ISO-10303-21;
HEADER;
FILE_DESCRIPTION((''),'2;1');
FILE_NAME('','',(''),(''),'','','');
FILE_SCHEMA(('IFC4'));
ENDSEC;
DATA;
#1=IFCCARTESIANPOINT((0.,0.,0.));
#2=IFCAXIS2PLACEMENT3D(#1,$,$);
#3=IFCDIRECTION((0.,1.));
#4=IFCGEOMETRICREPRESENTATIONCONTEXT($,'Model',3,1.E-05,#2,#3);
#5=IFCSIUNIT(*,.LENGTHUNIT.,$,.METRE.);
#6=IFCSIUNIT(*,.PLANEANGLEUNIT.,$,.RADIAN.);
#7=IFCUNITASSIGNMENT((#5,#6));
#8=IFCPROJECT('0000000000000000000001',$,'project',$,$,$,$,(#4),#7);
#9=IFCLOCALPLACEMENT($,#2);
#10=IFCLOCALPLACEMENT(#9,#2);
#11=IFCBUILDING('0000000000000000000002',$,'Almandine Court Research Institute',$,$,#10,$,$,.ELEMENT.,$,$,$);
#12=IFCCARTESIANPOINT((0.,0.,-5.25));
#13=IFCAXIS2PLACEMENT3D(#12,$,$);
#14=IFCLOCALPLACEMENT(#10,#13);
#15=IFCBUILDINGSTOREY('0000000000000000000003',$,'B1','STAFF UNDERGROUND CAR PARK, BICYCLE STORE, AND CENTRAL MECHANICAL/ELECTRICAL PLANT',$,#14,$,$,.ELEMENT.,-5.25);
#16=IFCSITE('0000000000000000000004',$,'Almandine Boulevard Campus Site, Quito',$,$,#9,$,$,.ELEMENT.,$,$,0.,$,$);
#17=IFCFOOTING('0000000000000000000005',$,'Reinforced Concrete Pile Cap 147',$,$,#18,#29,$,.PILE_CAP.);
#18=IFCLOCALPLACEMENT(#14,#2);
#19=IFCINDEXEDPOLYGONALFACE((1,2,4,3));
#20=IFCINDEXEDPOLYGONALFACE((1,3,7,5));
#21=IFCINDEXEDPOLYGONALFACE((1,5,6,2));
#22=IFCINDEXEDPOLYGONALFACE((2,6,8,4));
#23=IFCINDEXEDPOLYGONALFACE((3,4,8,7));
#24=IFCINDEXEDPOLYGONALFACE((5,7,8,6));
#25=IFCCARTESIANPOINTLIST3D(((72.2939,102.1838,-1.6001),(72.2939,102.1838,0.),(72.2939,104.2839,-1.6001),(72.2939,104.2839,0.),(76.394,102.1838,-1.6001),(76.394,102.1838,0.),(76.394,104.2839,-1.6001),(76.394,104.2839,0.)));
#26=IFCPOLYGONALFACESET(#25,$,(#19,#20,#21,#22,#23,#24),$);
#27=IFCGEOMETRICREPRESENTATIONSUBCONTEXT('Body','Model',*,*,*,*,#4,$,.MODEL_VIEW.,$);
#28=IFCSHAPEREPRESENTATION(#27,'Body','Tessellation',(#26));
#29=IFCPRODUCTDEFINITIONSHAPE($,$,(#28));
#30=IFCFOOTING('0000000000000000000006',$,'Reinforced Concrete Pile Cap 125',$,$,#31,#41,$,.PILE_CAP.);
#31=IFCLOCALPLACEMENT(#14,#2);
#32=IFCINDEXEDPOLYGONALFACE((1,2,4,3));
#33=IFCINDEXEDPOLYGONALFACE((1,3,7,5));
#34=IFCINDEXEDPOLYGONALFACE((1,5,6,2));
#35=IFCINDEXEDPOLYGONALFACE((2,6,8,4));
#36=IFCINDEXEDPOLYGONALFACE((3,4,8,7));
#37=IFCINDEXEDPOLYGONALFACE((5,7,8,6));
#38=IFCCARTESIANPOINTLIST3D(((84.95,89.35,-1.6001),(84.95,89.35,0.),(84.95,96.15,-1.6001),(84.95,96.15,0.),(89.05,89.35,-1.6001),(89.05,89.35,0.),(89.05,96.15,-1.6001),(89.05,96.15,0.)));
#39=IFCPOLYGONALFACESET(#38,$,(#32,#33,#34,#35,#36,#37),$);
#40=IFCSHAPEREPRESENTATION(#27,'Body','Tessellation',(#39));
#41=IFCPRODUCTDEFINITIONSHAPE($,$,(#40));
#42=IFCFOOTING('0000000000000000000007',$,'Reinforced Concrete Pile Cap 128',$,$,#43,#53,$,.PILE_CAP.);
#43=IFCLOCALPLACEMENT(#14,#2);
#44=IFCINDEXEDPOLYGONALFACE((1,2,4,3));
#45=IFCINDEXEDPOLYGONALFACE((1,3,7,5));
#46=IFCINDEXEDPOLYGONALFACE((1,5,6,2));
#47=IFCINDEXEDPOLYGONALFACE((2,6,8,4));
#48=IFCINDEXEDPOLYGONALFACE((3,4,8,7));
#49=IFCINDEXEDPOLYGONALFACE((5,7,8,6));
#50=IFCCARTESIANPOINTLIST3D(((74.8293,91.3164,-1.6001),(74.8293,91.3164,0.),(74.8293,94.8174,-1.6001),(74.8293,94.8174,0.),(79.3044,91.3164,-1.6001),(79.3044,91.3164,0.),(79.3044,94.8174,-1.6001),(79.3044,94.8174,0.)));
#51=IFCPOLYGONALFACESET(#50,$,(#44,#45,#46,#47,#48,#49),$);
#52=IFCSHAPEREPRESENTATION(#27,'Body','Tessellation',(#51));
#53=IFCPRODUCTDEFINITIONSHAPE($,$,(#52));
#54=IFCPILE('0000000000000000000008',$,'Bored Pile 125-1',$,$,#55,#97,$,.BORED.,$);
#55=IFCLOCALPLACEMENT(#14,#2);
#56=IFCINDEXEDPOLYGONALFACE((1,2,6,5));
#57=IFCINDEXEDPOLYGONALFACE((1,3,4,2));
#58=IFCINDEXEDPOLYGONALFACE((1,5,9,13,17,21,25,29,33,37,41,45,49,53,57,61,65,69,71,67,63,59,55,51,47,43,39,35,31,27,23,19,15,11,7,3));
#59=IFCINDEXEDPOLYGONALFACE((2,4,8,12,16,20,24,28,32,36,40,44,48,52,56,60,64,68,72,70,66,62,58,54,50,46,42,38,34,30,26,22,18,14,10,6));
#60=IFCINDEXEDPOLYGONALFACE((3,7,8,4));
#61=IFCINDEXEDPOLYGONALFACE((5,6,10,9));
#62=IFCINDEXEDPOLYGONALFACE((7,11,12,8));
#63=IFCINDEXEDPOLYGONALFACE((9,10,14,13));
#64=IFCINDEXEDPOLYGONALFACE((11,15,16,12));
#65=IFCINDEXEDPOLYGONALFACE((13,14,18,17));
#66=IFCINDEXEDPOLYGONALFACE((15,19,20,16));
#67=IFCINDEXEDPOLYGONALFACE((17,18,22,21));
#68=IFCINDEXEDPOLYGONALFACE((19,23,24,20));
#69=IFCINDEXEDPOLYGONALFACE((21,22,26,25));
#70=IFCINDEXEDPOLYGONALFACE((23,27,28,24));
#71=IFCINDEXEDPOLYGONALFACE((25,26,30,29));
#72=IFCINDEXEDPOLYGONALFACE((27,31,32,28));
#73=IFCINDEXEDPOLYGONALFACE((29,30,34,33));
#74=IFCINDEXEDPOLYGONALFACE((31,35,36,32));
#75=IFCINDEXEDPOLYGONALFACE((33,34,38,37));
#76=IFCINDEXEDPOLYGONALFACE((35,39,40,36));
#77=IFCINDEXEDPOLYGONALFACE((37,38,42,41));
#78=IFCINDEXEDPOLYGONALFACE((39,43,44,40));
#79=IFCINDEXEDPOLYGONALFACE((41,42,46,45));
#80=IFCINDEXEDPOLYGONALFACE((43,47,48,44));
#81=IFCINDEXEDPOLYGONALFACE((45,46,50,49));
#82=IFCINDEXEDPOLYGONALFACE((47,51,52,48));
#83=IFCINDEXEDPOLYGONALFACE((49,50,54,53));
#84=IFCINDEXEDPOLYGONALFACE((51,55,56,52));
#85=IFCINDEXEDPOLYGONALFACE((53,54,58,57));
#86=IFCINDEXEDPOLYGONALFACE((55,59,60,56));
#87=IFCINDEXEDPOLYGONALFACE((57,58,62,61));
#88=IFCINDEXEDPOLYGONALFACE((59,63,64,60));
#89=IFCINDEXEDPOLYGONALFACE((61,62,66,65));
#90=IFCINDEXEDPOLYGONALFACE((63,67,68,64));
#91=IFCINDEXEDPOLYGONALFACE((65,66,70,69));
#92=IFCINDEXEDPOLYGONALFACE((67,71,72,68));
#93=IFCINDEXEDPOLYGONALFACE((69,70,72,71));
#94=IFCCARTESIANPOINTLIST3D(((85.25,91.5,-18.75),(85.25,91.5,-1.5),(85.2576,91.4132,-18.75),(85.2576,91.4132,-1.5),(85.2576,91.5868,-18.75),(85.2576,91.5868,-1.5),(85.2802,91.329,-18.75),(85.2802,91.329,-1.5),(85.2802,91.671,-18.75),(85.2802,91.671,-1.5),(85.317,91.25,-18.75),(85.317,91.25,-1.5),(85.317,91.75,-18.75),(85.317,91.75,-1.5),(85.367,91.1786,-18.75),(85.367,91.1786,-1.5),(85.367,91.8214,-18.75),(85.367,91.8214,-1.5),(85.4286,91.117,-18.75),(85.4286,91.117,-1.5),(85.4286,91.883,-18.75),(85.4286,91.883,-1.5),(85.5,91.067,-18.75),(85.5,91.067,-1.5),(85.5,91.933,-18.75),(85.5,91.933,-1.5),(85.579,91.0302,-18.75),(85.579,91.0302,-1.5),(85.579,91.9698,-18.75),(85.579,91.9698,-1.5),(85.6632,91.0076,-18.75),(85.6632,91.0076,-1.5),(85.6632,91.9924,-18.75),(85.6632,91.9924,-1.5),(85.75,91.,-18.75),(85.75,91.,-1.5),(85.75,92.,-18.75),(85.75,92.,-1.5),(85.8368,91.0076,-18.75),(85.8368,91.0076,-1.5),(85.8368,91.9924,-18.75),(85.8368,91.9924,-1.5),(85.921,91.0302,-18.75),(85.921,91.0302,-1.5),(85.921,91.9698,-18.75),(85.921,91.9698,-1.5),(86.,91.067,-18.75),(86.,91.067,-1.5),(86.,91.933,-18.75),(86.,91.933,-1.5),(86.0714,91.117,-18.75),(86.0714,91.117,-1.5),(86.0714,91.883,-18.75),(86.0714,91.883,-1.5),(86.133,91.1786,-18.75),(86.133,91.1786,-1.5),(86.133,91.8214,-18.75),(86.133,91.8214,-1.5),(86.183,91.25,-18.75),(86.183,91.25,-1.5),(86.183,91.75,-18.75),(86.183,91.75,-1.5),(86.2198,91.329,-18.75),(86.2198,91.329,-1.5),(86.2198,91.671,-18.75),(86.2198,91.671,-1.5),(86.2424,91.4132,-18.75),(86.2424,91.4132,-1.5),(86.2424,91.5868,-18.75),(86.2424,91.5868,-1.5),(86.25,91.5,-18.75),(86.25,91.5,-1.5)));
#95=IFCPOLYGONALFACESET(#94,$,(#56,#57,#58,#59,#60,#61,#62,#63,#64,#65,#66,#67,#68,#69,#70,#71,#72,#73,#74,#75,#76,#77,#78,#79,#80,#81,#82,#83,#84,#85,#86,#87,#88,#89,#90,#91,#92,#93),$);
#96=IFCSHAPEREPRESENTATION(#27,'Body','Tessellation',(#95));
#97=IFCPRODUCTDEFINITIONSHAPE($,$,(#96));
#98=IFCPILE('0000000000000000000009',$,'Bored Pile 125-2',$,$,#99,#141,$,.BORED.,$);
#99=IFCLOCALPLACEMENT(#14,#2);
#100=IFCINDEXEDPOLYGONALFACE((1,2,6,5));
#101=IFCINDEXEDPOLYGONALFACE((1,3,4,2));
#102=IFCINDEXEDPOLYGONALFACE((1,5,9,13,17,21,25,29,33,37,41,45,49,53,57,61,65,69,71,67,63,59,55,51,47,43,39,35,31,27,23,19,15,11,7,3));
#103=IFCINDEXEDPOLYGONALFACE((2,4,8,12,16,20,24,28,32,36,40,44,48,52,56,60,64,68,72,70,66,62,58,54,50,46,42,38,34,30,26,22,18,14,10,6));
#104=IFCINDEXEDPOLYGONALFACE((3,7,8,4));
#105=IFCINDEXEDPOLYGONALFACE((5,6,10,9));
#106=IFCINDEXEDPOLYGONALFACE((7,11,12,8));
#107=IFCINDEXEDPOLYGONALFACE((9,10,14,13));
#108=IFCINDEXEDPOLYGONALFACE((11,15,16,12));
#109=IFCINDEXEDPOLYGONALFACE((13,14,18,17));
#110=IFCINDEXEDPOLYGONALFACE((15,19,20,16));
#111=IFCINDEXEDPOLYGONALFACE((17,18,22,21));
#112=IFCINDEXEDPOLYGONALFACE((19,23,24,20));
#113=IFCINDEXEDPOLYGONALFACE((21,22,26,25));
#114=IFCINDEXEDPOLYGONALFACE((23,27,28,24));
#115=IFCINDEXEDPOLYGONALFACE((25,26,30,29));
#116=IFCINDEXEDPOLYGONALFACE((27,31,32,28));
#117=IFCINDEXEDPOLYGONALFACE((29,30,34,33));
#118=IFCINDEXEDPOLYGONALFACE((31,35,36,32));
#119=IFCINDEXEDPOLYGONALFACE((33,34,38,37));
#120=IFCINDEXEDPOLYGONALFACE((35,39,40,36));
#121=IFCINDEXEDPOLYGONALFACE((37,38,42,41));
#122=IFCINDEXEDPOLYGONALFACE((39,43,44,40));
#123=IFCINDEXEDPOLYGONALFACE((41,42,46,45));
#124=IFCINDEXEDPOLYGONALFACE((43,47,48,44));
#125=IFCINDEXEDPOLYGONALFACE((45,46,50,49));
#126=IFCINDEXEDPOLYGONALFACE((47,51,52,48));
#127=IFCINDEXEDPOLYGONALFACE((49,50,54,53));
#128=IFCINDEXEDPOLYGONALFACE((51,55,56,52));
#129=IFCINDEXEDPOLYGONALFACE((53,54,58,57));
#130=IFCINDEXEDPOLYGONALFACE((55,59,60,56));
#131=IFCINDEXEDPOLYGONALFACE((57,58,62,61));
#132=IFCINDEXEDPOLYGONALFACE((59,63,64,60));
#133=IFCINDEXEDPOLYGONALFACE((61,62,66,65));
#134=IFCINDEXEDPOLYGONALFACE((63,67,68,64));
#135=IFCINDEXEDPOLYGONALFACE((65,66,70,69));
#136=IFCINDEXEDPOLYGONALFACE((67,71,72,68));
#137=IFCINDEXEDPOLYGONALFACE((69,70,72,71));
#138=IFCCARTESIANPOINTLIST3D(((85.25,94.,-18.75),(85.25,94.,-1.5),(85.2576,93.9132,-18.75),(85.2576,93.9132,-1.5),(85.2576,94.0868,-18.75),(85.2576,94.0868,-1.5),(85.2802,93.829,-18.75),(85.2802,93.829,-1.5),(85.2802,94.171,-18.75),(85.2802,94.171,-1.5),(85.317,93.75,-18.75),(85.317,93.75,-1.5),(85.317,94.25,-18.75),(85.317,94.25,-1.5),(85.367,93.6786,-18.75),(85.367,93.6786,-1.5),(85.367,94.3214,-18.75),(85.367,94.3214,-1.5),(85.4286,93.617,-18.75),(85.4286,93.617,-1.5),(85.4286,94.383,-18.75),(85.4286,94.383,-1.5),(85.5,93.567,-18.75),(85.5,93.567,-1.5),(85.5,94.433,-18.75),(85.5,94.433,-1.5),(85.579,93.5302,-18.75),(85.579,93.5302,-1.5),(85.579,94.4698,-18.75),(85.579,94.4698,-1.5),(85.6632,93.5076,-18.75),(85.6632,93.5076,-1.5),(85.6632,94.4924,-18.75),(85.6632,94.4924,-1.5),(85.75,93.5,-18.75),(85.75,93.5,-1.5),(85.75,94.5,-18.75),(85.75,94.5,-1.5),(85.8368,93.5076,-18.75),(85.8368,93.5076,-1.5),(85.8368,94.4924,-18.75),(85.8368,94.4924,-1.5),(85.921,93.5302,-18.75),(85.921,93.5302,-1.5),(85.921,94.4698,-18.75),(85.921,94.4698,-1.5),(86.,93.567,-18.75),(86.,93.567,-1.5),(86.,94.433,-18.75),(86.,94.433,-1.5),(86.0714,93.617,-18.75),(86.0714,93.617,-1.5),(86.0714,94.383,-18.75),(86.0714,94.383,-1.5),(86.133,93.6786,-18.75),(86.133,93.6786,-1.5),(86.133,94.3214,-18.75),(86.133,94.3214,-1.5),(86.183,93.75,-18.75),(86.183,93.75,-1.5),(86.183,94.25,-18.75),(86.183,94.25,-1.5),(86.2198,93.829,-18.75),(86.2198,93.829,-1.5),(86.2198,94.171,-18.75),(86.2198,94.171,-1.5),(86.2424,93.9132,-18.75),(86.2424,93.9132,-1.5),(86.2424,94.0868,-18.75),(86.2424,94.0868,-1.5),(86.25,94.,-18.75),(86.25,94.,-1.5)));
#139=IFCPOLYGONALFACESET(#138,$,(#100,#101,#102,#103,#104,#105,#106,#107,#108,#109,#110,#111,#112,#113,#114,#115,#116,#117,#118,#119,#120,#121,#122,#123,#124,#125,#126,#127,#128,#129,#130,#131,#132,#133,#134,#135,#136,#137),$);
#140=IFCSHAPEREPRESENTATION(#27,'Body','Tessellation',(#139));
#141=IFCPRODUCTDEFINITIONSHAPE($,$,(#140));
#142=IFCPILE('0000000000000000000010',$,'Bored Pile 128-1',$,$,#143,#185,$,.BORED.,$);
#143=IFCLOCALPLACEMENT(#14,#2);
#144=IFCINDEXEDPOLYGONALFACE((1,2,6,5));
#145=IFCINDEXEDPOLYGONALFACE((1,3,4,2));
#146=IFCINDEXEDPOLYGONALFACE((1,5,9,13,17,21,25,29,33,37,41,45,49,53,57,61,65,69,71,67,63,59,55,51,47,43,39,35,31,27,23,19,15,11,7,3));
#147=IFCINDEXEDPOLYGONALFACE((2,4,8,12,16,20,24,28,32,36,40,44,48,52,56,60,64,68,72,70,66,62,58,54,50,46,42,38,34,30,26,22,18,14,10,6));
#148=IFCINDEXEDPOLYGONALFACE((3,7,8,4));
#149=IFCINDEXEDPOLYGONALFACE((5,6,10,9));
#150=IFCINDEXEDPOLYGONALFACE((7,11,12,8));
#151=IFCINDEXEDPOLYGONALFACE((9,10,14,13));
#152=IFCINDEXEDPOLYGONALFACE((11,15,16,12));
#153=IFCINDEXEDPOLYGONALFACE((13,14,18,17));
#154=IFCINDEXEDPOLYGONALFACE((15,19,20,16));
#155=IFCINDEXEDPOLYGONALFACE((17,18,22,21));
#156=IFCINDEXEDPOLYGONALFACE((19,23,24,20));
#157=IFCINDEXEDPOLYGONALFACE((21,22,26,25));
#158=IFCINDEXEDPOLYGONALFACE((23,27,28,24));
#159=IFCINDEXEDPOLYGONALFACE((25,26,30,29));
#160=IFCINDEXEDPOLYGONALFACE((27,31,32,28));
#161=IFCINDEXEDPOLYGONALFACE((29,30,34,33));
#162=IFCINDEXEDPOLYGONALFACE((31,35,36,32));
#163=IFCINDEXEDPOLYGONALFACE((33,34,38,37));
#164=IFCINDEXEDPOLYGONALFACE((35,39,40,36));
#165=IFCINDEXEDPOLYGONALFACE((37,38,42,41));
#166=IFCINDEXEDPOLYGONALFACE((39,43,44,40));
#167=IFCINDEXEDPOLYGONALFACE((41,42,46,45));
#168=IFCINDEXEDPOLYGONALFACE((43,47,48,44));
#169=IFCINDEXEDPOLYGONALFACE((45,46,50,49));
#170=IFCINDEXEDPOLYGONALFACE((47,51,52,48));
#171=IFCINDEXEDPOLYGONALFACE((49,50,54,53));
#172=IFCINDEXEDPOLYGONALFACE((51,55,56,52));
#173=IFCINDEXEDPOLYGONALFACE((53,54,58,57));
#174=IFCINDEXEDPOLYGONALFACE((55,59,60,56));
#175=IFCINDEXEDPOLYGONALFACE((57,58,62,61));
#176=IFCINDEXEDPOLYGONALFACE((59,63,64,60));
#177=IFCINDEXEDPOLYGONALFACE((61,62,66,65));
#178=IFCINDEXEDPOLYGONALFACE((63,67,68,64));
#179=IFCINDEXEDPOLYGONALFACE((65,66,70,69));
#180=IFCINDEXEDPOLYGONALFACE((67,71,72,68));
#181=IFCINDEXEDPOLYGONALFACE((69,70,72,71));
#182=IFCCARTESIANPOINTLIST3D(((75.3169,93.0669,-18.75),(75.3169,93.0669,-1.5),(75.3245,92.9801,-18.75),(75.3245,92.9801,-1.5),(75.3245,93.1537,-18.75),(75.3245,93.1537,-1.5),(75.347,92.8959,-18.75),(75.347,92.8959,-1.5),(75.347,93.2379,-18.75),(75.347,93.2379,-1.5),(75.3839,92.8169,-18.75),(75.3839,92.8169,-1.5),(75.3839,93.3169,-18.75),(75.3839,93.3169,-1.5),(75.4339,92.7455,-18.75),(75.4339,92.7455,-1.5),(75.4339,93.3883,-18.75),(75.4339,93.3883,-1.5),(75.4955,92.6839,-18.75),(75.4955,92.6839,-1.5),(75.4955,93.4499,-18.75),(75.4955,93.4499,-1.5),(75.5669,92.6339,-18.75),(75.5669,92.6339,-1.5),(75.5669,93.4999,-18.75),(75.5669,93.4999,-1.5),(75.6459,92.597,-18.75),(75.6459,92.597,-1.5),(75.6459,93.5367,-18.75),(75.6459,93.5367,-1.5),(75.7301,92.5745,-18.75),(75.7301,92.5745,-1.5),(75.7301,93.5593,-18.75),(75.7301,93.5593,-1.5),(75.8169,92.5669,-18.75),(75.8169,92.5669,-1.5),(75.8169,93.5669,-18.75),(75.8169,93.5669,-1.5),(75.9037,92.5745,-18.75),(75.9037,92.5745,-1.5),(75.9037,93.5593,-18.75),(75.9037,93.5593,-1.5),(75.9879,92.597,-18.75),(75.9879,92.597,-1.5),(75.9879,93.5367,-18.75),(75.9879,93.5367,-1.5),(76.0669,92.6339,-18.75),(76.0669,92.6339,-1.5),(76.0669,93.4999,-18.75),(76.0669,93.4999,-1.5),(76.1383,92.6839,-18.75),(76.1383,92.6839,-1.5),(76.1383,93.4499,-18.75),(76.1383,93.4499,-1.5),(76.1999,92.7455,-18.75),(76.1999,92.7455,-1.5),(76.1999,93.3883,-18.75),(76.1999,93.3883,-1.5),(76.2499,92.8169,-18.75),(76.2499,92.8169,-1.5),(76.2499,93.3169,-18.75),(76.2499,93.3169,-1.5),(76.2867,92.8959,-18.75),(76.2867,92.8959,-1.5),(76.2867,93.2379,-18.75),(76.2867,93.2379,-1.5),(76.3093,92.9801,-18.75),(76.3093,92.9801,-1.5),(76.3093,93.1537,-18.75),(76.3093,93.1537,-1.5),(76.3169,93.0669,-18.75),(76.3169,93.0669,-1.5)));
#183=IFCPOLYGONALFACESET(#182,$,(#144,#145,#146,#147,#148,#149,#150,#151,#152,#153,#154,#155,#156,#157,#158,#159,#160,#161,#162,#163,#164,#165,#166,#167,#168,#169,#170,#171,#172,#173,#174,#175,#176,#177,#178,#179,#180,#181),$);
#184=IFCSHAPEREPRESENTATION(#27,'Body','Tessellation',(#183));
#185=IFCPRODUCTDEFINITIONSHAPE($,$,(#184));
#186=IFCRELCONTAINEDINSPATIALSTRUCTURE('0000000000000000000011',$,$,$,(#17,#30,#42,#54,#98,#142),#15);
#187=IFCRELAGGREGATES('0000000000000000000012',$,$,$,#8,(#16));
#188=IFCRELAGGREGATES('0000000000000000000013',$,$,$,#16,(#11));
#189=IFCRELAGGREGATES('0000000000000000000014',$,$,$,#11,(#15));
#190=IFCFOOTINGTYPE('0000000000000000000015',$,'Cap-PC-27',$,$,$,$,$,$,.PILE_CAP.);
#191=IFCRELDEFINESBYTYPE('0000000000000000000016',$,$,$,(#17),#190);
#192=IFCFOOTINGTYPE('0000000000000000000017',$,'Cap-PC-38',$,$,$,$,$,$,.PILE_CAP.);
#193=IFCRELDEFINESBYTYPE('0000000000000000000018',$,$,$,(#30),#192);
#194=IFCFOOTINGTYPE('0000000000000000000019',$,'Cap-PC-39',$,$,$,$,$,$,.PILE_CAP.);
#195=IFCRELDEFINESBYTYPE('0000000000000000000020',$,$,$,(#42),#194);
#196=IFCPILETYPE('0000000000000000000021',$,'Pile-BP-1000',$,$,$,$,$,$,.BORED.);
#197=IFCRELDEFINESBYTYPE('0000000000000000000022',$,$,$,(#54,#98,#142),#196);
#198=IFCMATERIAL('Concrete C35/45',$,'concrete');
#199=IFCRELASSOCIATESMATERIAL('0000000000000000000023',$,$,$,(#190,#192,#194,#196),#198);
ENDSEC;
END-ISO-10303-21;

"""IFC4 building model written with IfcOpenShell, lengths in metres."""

from ifc_helpers import new_model, si_unit, direction, frame, origin, origin_2d, place, context, subcontext, project, spatial, rectangle, circle, extrude, material, material_profile, profile_set, type_object, element, save


model = new_model("IFC4")

# Units and contexts
model_context = context("Model", 3, precision=1e-05, world=origin(), true_north=direction((0.0, 1.0)))
body_context = subcontext(model_context, "Body", "Model", "MODEL_VIEW")
ifc_project = project(units=[si_unit("LENGTHUNIT", "METRE"), si_unit("PLANEANGLEUNIT", "RADIAN")], contexts=[model_context])

# Site, building, storey
site_placement = place(None, origin())
site = spatial("IfcSite", under=ifc_project, at=site_placement, Name="Almandine Boulevard Campus Site, Quito", CompositionType="ELEMENT", RefElevation=0.0)
building_placement = place(site_placement, origin())
building = spatial("IfcBuilding", under=site, at=building_placement, Name="Almandine Court Research Institute", CompositionType="ELEMENT")
storey_placement = place(building_placement, frame((0.0, 0.0, -5.25)))
storey = spatial("IfcBuildingStorey", under=building, at=storey_placement, Name="B1", Description="STAFF UNDERGROUND CAR PARK, BICYCLE STORE, AND CENTRAL MECHANICAL/ELECTRICAL PLANT", CompositionType="ELEMENT", Elevation=-5.25)

# Footings
ifc_material_1 = material(Name="Concrete C35/45", Category="concrete")
footing_type_1 = type_object("IfcFootingType", Name="Cap-PC-27", PredefinedType="PILE_CAP", material=ifc_material_1)
footing_1_placement = place(storey_placement, frame((74.344, 103.2339, -1.6001), z_axis=(0.0, 0.0, 1.0), x_axis=(1.0, 0.0, 0.0)))
element("IfcFooting", 1, at=footing_1_placement, inside=storey, type_object=footing_type_1, Name="Reinforced Concrete Pile Cap 147", PredefinedType="PILE_CAP", context=body_context, shape_type="SweptSolid", body=[
    extrude(rectangle(XDim=4.1001, YDim=2.1001, at=origin_2d()), origin(), (0.0, 0.0, 1.0), 1.6001),
])
footing_type_2 = type_object("IfcFootingType", Name="Cap-PC-38", PredefinedType="PILE_CAP", material=ifc_material_1)
footing_2_placement = place(storey_placement, frame((87.0, 92.75, -1.6001), z_axis=(0.0, 0.0, 1.0), x_axis=(1.0, 0.0, 0.0)))
element("IfcFooting", 2, at=footing_2_placement, inside=storey, type_object=footing_type_2, Name="Reinforced Concrete Pile Cap 125", PredefinedType="PILE_CAP", context=body_context, shape_type="SweptSolid", body=[
    extrude(rectangle(XDim=4.1001, YDim=6.8, at=origin_2d()), origin(), (0.0, 0.0, 1.0), 1.6001),
])
footing_type_3 = type_object("IfcFootingType", Name="Cap-PC-39", PredefinedType="PILE_CAP", material=ifc_material_1)
footing_3_placement = place(storey_placement, frame((77.0669, 93.0669, -1.6001), z_axis=(0.0, 0.0, 1.0), x_axis=(1.0, 0.0, 0.0)))
element("IfcFooting", 3, at=footing_3_placement, inside=storey, type_object=footing_type_3, Name="Reinforced Concrete Pile Cap 128", PredefinedType="PILE_CAP", context=body_context, shape_type="SweptSolid", body=[
    extrude(rectangle(XDim=4.4751, YDim=3.501, at=origin_2d()), origin(), (0.0, 0.0, 1.0), 1.6001),
])

# Piles
ifc_material_profile_1 = material_profile(ifc_material_1, circle(Radius=0.5, at=origin_2d()), Name="BORED PILE D1000")
ifc_profile_set_1 = profile_set([ifc_material_profile_1], Name="Concrete C35/45")
pile_type = type_object("IfcPileType", Name="Pile-BP-1000", PredefinedType="BORED", material=ifc_profile_set_1)
for number, where, z_axis, x_axis, name in (
    (4, (85.75, 91.5, -1.5), (0.0, 0.0, -1.0), (1.0, 0.0, 0.0), "Bored Pile 125-1"),
    (5, (85.75, 94.0, -1.5), (0.0, 0.0, -1.0), (1.0, 0.0, 0.0), "Bored Pile 125-2"),
    (6, (75.8169, 93.0669, -1.5), (0.0, 0.0, -1.0), (1.0, 0.0, 0.0), "Bored Pile 128-1"),
):
    element("IfcPile", number, at=place(storey_placement, frame(where, z_axis=z_axis, x_axis=x_axis)), inside=storey, type_object=pile_type, Name=name, PredefinedType="BORED", context=body_context, shape_type="SweptSolid", body=[
        extrude(circle(Radius=0.5, at=origin_2d()), origin(), (0.0, 0.0, 1.0), 17.25),
    ])

save(model, "model.ifc")
